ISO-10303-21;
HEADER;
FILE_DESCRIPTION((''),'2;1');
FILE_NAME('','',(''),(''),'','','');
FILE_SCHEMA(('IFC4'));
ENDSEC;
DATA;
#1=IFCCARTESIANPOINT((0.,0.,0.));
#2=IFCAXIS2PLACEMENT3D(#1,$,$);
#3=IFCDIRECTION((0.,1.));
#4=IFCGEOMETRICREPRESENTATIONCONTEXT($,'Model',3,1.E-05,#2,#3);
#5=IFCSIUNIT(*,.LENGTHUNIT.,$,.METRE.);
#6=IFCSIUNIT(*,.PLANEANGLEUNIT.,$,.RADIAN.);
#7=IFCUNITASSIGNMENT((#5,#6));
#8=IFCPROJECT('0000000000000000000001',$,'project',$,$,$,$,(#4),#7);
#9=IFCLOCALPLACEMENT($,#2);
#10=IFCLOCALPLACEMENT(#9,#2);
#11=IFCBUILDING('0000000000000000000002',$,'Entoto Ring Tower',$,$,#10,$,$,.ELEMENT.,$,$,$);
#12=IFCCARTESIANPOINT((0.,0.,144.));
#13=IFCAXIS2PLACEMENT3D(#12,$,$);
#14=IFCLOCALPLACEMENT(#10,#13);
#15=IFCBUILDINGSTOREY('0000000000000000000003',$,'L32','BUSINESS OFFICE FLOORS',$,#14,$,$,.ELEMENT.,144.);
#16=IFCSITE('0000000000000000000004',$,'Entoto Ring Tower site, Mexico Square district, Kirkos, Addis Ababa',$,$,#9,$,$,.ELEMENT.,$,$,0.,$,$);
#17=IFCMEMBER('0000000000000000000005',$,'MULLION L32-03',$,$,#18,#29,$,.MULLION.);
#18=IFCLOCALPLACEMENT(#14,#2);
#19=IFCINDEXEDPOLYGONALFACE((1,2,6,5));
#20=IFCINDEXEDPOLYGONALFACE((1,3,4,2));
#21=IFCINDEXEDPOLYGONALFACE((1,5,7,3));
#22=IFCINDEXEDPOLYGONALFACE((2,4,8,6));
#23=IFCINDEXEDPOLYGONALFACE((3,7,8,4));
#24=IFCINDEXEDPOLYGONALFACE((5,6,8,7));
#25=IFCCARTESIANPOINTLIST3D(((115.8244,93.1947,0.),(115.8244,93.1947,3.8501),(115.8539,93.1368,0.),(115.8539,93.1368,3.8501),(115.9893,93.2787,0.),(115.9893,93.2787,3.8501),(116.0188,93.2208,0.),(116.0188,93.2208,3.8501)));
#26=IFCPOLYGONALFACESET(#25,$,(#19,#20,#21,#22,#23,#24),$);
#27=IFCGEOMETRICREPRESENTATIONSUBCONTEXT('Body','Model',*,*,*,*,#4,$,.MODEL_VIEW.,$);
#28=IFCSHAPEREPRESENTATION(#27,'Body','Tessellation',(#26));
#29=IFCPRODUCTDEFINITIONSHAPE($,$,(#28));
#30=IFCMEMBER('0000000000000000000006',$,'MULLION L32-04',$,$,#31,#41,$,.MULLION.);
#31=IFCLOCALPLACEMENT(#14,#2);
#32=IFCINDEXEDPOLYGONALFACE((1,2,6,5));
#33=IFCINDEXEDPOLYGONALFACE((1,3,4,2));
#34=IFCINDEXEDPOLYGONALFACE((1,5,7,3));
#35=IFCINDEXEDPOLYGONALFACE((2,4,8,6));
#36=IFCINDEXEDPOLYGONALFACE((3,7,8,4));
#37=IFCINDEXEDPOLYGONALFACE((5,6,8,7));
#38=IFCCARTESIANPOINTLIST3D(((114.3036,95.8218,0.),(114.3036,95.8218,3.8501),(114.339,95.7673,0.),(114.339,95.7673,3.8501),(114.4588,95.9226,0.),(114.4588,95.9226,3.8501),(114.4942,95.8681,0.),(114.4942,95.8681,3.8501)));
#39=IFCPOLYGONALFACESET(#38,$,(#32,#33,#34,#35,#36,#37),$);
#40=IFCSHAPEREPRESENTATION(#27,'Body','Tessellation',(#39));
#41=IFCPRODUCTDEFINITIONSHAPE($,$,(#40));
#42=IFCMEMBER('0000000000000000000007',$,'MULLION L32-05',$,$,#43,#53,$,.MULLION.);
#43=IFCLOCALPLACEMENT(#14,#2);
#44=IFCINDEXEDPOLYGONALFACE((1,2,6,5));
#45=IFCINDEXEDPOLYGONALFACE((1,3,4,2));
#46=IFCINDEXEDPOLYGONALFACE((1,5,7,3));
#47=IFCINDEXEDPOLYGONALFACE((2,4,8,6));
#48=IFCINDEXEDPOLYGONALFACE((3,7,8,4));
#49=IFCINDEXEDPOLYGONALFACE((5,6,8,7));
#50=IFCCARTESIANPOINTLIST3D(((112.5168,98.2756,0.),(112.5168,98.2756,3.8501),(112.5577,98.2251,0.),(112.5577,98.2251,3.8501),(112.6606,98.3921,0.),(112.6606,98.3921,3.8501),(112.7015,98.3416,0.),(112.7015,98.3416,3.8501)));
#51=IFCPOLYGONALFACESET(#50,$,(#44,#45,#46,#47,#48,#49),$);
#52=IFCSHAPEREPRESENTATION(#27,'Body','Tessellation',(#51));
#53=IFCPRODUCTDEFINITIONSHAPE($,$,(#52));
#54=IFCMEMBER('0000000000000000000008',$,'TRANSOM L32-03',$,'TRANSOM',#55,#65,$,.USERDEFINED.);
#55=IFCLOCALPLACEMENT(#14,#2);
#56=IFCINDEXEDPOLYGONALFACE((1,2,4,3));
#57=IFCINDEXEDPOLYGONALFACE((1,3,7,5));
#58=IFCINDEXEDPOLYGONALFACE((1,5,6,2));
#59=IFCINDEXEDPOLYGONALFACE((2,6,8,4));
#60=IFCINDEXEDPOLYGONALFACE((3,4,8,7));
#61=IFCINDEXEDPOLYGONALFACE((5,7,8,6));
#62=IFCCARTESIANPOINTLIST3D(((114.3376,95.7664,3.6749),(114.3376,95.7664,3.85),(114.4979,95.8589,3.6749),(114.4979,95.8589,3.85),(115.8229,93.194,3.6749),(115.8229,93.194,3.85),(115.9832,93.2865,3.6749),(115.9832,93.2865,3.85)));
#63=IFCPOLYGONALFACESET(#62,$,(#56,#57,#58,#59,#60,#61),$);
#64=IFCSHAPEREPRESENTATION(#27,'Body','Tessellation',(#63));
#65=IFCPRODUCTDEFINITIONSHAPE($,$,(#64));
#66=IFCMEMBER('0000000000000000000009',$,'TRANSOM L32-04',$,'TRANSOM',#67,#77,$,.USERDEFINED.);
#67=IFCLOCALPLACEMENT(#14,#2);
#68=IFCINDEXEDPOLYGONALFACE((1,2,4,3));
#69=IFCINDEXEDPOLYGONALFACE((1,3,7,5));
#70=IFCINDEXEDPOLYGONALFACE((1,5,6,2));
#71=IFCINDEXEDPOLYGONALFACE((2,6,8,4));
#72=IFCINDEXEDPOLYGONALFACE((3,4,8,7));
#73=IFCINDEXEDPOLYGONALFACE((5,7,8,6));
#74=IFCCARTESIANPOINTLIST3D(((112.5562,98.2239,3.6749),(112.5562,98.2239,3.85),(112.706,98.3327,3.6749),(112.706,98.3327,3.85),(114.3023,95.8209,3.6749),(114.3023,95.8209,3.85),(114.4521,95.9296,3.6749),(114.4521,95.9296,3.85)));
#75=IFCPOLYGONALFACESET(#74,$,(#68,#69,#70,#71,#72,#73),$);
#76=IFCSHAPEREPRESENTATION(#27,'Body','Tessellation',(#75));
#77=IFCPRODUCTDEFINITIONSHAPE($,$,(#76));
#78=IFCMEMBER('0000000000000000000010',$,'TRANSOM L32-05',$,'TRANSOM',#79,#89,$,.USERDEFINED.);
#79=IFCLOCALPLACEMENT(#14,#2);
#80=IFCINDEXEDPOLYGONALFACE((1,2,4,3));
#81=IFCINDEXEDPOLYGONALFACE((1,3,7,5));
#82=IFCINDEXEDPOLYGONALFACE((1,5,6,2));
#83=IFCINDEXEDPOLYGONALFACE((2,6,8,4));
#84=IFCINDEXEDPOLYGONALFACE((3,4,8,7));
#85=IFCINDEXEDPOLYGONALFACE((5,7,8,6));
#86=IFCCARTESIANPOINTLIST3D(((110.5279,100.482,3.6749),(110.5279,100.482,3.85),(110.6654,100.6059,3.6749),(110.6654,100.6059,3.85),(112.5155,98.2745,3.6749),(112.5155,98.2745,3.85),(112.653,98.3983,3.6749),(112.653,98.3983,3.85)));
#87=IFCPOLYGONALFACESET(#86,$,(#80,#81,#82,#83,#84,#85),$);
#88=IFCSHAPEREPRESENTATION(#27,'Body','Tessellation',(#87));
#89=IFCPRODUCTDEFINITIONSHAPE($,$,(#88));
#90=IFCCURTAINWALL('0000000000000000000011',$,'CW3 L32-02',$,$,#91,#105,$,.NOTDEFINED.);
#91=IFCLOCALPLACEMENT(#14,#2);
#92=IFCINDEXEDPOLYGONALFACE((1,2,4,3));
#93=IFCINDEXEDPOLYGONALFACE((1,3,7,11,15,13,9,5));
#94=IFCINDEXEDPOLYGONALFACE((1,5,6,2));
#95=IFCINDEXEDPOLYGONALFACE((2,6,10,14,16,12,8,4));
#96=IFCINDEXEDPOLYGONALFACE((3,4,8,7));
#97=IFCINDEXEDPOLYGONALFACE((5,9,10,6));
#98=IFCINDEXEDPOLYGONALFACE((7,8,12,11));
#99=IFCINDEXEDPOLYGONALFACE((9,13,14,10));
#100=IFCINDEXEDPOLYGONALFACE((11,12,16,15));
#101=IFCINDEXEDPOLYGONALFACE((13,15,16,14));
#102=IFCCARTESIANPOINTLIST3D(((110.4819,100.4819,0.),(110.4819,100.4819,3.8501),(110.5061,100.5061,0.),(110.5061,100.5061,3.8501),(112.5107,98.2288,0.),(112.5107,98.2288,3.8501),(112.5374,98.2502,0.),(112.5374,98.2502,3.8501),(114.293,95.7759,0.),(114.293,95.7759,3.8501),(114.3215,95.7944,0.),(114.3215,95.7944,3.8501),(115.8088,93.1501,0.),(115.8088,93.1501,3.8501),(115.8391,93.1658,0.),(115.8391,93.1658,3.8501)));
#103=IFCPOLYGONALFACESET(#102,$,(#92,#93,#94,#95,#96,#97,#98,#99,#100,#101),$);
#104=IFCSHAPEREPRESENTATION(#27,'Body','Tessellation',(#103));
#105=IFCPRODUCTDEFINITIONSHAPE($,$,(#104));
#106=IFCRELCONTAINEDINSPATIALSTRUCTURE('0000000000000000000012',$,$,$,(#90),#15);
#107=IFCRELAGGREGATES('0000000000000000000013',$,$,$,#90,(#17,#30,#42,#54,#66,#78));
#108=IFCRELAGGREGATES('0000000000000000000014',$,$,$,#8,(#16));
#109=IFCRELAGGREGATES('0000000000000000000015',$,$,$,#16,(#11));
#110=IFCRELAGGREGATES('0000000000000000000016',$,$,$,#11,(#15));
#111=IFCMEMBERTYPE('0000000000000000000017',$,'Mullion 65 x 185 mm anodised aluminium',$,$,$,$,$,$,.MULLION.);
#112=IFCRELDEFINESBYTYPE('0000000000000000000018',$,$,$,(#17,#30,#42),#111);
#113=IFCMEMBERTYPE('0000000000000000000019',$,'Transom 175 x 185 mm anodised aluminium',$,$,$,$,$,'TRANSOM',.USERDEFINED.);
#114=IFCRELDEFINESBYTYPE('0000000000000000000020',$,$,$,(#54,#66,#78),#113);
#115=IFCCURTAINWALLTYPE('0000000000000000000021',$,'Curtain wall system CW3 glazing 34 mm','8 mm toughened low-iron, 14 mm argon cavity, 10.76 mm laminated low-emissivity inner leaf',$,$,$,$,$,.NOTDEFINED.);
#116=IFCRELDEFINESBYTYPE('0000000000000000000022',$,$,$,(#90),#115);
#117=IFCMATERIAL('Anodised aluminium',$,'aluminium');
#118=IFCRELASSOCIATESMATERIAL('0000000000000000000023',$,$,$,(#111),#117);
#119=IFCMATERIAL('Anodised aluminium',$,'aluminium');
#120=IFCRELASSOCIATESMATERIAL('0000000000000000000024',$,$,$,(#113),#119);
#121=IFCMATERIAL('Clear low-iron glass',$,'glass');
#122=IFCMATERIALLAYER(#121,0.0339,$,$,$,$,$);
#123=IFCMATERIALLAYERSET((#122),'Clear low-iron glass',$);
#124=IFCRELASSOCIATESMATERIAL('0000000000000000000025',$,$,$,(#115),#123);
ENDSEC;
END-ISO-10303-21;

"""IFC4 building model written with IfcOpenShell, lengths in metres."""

from ifc_helpers import new_model, si_unit, direction, frame, origin, origin_2d, place, context, subcontext, project, spatial, polyline, rectangle, outline, extrude, material, layer, layer_set, material_profile, profile_set, type_object, element, aggregate, save


model = new_model("IFC4")

# Units and contexts
model_context = context("Model", 3, precision=1e-05, world=origin(), true_north=direction((0.0, 1.0)))
body_context = subcontext(model_context, "Body", "Model", "MODEL_VIEW")
ifc_project = project(units=[si_unit("LENGTHUNIT", "METRE"), si_unit("PLANEANGLEUNIT", "RADIAN")], contexts=[model_context])

# Members
ifc_material_1 = material(Name="Anodised aluminium", Category="aluminium")
ifc_material_profile_1 = material_profile(ifc_material_1, rectangle(XDim=0.0649, YDim=0.1851, at=origin_2d()), Name="Mullion 65 x 185 mm anodised aluminium")
ifc_profile_set_1 = profile_set([ifc_material_profile_1], Name="Anodised aluminium")
member_type_1 = type_object("IfcMemberType", Name="Mullion 65 x 185 mm anodised aluminium", PredefinedType="MULLION", material=ifc_profile_set_1)
site_placement = place(None, origin())
building_placement = place(site_placement, origin())
storey_placement = place(building_placement, frame((0.0, 0.0, 144.0)))
member_1_placement = place(storey_placement, frame((115.9216, 93.2078, 0.0), z_axis=(0.0, 0.0, 1.0), x_axis=(-0.45399, 0.891007, 0.0)))
member_1 = element("IfcMember", 1, at=member_1_placement, type_object=member_type_1, Name="MULLION L32-03", PredefinedType="MULLION", context=body_context, shape_type="SweptSolid", body=[
    extrude(rectangle(XDim=0.0649, YDim=0.1851, at=origin_2d()), origin(), (0.0, 0.0, 1.0), 3.8501),
])
member_2_placement = place(storey_placement, frame((114.3989, 95.845, 0.0), z_axis=(0.0, 0.0, 1.0), x_axis=(-0.544639, 0.838671, 0.0)))
member_2 = element("IfcMember", 2, at=member_2_placement, type_object=member_type_1, Name="MULLION L32-04", PredefinedType="MULLION", context=body_context, shape_type="SweptSolid", body=[
    extrude(rectangle(XDim=0.0649, YDim=0.1851, at=origin_2d()), origin(), (0.0, 0.0, 1.0), 3.8501),
])
member_3_placement = place(storey_placement, frame((112.6091, 98.3086, 0.0), z_axis=(0.0, 0.0, 1.0), x_axis=(-0.62932, 0.777146, 0.0)))
member_3 = element("IfcMember", 3, at=member_3_placement, type_object=member_type_1, Name="MULLION L32-05", PredefinedType="MULLION", context=body_context, shape_type="SweptSolid", body=[
    extrude(rectangle(XDim=0.0649, YDim=0.1851, at=origin_2d()), origin(), (0.0, 0.0, 1.0), 3.8501),
])
ifc_material_2 = material(Name="Anodised aluminium", Category="aluminium")
ifc_material_profile_2 = material_profile(ifc_material_2, rectangle(XDim=0.1851, YDim=0.175, at=origin_2d()), Name="Transom 175 x 185 mm anodised aluminium")
ifc_profile_set_2 = profile_set([ifc_material_profile_2], Name="Anodised aluminium")
member_type_2 = type_object("IfcMemberType", Name="Transom 175 x 185 mm anodised aluminium", ElementType="TRANSOM", PredefinedType="USERDEFINED", material=ifc_profile_set_2)
member_4_placement = place(storey_placement, frame((115.9031, 93.2402, 3.7625), z_axis=(-0.500028, 0.866009, 0.0), x_axis=(-0.866009, -0.500028, 0.0)))
member_4 = element("IfcMember", 4, at=member_4_placement, type_object=member_type_2, Name="TRANSOM L32-03", ObjectType="TRANSOM", PredefinedType="USERDEFINED", context=body_context, shape_type="SweptSolid", body=[
    extrude(rectangle(XDim=0.1851, YDim=0.175, at=origin_2d()), origin(), (0.0, 0.0, 1.0), 2.9705),
])
member_5_placement = place(storey_placement, frame((114.3772, 95.8752, 3.7625), z_axis=(-0.58782, 0.808992, 0.0), x_axis=(-0.808992, -0.58782, 0.0)))
member_5 = element("IfcMember", 5, at=member_5_placement, type_object=member_type_2, Name="TRANSOM L32-04", ObjectType="TRANSOM", PredefinedType="USERDEFINED", context=body_context, shape_type="SweptSolid", body=[
    extrude(rectangle(XDim=0.1851, YDim=0.175, at=origin_2d()), origin(), (0.0, 0.0, 1.0), 2.9705),
])
member_6_placement = place(storey_placement, frame((112.5842, 98.3364, 3.7625), z_axis=(-0.66911, 0.743163, 0.0), x_axis=(-0.743163, -0.66911, 0.0)))
member_6 = element("IfcMember", 6, at=member_6_placement, type_object=member_type_2, Name="TRANSOM L32-05", ObjectType="TRANSOM", PredefinedType="USERDEFINED", context=body_context, shape_type="SweptSolid", body=[
    extrude(rectangle(XDim=0.1851, YDim=0.175, at=origin_2d()), origin(), (0.0, 0.0, 1.0), 2.9705),
])

# Site, building, storey
site = spatial("IfcSite", under=ifc_project, at=site_placement, Name="Entoto Ring Tower site, Mexico Square district, Kirkos, Addis Ababa", CompositionType="ELEMENT", RefElevation=0.0)
building = spatial("IfcBuilding", under=site, at=building_placement, Name="Entoto Ring Tower", CompositionType="ELEMENT")
storey = spatial("IfcBuildingStorey", under=building, at=storey_placement, Name="L32", Description="BUSINESS OFFICE FLOORS", CompositionType="ELEMENT", Elevation=144.0)

# Curtain wall
ifc_material_3 = material(Name="Clear low-iron glass", Category="glass")
ifc_layer_1 = layer(ifc_material_3, 0.0339)
ifc_layer_set_1 = layer_set([ifc_layer_1], Name="Clear low-iron glass")
curtain_wall_type = type_object("IfcCurtainWallType", Name="Curtain wall system CW3 glazing 34 mm", Description="8 mm toughened low-iron, 14 mm argon cavity, 10.76 mm laminated low-emissivity inner leaf", PredefinedType="NOTDEFINED", material=ifc_layer_set_1)
curtain_wall_1_placement = place(storey_placement, origin())
curtain_wall_1 = element("IfcCurtainWall", 7, at=curtain_wall_1_placement, inside=storey, type_object=curtain_wall_type, Name="CW3 L32-02", PredefinedType="NOTDEFINED", context=body_context, shape_type="SweptSolid", body=[
    extrude(outline(polyline([(115.8391, 93.1658), (114.3215, 95.7944), (112.5374, 98.2502), (110.5061, 100.5061), (110.4819, 100.4819), (112.5107, 98.2288), (114.293, 95.7759), (115.8088, 93.1501), (115.8391, 93.1658)])), origin(), (0.0, 0.0, 1.0), 3.8501),
])
aggregate(curtain_wall_1, [member_1, member_2, member_3, member_4, member_5, member_6])

save(model, "model.ifc")
